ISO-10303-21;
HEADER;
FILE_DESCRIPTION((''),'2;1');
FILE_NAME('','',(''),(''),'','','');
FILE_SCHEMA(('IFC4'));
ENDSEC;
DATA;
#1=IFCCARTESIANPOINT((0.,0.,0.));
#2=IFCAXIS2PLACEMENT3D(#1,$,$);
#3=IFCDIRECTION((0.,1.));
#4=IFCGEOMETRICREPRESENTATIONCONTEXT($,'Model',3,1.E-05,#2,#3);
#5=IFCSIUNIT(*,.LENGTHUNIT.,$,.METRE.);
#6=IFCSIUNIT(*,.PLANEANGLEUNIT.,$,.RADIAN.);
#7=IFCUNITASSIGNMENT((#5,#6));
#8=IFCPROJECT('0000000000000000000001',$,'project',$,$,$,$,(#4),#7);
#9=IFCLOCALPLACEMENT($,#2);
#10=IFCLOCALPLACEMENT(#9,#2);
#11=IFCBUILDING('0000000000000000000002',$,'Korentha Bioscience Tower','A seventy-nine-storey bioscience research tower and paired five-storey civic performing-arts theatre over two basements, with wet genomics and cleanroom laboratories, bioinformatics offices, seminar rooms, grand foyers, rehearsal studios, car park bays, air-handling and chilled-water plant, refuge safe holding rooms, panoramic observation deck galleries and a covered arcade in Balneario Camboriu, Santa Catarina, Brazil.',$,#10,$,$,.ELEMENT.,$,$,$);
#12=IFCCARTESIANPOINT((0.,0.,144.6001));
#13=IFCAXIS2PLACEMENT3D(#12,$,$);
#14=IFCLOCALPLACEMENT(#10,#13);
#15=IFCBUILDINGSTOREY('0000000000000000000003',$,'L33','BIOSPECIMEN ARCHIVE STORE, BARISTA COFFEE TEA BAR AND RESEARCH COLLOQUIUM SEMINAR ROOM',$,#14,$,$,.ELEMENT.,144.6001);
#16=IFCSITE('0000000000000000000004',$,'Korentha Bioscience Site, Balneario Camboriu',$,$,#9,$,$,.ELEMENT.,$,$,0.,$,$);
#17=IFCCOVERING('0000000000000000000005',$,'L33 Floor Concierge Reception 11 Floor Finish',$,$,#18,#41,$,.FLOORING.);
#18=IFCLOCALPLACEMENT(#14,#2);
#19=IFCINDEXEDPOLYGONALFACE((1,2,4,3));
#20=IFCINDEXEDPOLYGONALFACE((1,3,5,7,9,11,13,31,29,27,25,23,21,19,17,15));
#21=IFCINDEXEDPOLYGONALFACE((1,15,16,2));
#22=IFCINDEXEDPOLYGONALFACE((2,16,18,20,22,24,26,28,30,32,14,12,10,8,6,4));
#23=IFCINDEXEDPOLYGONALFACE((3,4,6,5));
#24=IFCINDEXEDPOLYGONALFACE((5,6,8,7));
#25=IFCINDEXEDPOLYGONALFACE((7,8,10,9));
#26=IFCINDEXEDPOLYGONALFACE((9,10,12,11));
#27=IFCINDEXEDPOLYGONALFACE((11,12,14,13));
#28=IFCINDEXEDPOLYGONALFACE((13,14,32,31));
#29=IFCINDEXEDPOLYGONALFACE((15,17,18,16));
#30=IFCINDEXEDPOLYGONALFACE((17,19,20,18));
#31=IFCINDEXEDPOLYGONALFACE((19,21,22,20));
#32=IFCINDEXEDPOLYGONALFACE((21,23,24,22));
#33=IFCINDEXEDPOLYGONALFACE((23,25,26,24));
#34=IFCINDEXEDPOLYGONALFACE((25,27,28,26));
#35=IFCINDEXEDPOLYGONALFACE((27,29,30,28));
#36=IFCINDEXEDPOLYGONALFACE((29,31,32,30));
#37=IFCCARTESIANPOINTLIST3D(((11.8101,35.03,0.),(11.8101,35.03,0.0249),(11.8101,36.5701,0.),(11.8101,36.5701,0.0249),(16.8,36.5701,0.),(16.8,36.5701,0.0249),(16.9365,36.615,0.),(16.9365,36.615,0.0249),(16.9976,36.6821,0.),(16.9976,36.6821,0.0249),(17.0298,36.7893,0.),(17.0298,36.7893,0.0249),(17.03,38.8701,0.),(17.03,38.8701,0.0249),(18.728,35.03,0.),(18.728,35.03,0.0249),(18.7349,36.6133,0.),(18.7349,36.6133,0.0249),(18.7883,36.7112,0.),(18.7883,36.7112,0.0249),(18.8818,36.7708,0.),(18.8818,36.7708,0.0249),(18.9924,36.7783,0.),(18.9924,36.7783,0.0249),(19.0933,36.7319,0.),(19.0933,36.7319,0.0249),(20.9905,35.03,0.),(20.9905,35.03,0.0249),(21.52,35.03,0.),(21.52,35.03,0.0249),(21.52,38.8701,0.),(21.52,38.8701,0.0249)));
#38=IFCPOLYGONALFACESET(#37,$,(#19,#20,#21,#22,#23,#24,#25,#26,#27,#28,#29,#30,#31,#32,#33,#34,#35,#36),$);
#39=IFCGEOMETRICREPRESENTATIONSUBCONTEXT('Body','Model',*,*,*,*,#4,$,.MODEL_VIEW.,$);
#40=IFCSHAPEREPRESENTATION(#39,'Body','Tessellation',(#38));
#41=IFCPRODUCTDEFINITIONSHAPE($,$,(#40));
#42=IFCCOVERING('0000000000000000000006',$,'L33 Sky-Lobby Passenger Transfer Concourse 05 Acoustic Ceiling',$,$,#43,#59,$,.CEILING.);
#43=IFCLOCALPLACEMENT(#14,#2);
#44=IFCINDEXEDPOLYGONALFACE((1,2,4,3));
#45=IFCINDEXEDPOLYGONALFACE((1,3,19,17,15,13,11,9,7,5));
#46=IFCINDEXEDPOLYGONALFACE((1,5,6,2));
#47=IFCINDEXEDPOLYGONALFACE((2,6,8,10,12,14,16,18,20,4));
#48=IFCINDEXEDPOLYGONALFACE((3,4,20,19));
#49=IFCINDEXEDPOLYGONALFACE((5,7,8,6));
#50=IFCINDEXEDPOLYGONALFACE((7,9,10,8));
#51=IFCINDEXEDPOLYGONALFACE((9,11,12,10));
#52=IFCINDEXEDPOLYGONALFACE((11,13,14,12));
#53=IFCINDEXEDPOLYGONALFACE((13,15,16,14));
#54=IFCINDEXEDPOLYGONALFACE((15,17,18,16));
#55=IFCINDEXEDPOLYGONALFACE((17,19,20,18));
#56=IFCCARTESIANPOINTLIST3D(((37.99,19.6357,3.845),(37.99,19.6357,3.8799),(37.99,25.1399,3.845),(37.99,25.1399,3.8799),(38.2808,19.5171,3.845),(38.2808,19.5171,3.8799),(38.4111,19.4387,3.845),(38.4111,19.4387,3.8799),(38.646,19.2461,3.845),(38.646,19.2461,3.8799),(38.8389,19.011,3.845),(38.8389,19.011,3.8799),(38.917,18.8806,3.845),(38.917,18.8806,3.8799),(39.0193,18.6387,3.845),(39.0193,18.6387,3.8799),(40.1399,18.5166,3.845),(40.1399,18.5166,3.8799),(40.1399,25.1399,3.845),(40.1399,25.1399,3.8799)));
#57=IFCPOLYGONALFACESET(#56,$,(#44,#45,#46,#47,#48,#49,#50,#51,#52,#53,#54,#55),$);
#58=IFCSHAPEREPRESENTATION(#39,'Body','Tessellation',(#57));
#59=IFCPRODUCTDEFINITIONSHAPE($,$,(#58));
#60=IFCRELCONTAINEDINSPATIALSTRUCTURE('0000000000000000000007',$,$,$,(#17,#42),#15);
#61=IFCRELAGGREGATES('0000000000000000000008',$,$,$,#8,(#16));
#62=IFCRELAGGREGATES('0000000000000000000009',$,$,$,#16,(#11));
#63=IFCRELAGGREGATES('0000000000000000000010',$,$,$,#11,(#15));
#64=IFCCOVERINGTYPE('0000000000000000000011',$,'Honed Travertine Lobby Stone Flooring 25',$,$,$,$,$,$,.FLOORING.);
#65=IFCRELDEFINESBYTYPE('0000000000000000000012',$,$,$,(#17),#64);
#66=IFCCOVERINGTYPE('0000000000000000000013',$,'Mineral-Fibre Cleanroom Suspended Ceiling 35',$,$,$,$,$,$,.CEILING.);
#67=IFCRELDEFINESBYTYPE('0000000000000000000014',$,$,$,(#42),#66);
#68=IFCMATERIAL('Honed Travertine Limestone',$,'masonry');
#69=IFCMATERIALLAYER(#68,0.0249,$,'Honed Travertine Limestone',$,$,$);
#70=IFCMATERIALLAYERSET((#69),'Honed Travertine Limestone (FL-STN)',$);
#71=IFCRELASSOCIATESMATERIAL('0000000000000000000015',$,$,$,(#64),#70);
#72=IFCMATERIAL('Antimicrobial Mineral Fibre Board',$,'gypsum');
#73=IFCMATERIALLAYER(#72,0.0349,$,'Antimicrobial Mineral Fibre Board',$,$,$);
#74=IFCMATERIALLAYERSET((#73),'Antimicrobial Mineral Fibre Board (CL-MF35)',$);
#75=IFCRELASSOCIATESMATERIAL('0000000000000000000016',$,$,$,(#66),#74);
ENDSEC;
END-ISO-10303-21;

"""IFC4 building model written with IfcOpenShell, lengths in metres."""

from ifc_helpers import new_model, si_unit, direction, frame, origin, place, context, subcontext, project, spatial, polyline, outline, extrude, material, layer, layer_set, type_object, element, save


model = new_model("IFC4")

# Units and contexts
model_context = context("Model", 3, precision=1e-05, world=origin(), true_north=direction((0.0, 1.0)))
body_context = subcontext(model_context, "Body", "Model", "MODEL_VIEW")
ifc_project = project(units=[si_unit("LENGTHUNIT", "METRE"), si_unit("PLANEANGLEUNIT", "RADIAN")], contexts=[model_context])

# Site, building, storey
site_placement = place(None, origin())
site = spatial("IfcSite", under=ifc_project, at=site_placement, Name="Korentha Bioscience Site, Balneario Camboriu", CompositionType="ELEMENT", RefElevation=0.0)
building_placement = place(site_placement, origin())
building = spatial("IfcBuilding", under=site, at=building_placement, Name="Korentha Bioscience Tower", Description="A seventy-nine-storey bioscience research tower and paired five-storey civic performing-arts theatre over two basements, with wet genomics and cleanroom laboratories, bioinformatics offices, seminar rooms, grand foyers, rehearsal studios, car park bays, air-handling and chilled-water plant, refuge safe holding rooms, panoramic observation deck galleries and a covered arcade in Balneario Camboriu, Santa Catarina, Brazil.", CompositionType="ELEMENT")
storey_placement = place(building_placement, frame((0.0, 0.0, 144.6001)))
storey = spatial("IfcBuildingStorey", under=building, at=storey_placement, Name="L33", Description="BIOSPECIMEN ARCHIVE STORE, BARISTA COFFEE TEA BAR AND RESEARCH COLLOQUIUM SEMINAR ROOM", CompositionType="ELEMENT", Elevation=144.6001)

# Coverings
ifc_material_1 = material(Name="Honed Travertine Limestone", Category="masonry")
ifc_layer_1 = layer(ifc_material_1, 0.0249, Name="Honed Travertine Limestone")
ifc_layer_set_1 = layer_set([ifc_layer_1], Name="Honed Travertine Limestone (FL-STN)")
covering_type_1 = type_object("IfcCoveringType", Name="Honed Travertine Lobby Stone Flooring 25", PredefinedType="FLOORING", material=ifc_layer_set_1)
covering_1_placement = place(storey_placement, origin())
element("IfcCovering", 1, at=covering_1_placement, inside=storey, type_object=covering_type_1, Name="L33 Floor Concierge Reception 11 Floor Finish", PredefinedType="FLOORING", context=body_context, shape_type="SweptSolid", body=[
    extrude(outline(polyline([(19.0933, 36.7319), (18.9924, 36.7783), (18.8818, 36.7708), (18.7883, 36.7112), (18.7349, 36.6133), (18.728, 35.03), (11.8101, 35.03), (11.8101, 36.5701), (16.8, 36.5701), (16.9365, 36.615), (16.9976, 36.6821), (17.0298, 36.7893), (17.03, 38.8701), (21.52, 38.8701), (21.52, 35.03), (20.9905, 35.03), (19.0933, 36.7319)])), origin(), (0.0, 0.0, 1.0), 0.0249),
])
ifc_material_2 = material(Name="Antimicrobial Mineral Fibre Board", Category="gypsum")
ifc_layer_2 = layer(ifc_material_2, 0.0349, Name="Antimicrobial Mineral Fibre Board")
ifc_layer_set_2 = layer_set([ifc_layer_2], Name="Antimicrobial Mineral Fibre Board (CL-MF35)")
covering_type_2 = type_object("IfcCoveringType", Name="Mineral-Fibre Cleanroom Suspended Ceiling 35", PredefinedType="CEILING", material=ifc_layer_set_2)
covering_2_placement = place(storey_placement, frame((0.0, 0.0, 3.845)))
element("IfcCovering", 2, at=covering_2_placement, inside=storey, type_object=covering_type_2, Name="L33 Sky-Lobby Passenger Transfer Concourse 05 Acoustic Ceiling", PredefinedType="CEILING", context=body_context, shape_type="SweptSolid", body=[
    extrude(outline(polyline([(40.1399, 18.5166), (39.0193, 18.6387), (38.917, 18.8806), (38.8389, 19.011), (38.646, 19.2461), (38.4111, 19.4387), (38.2808, 19.5171), (37.99, 19.6357), (37.99, 25.1399), (40.1399, 25.1399), (40.1399, 18.5166)])), origin(), (0.0, 0.0, 1.0), 0.0349),
])

save(model, "model.ifc")
